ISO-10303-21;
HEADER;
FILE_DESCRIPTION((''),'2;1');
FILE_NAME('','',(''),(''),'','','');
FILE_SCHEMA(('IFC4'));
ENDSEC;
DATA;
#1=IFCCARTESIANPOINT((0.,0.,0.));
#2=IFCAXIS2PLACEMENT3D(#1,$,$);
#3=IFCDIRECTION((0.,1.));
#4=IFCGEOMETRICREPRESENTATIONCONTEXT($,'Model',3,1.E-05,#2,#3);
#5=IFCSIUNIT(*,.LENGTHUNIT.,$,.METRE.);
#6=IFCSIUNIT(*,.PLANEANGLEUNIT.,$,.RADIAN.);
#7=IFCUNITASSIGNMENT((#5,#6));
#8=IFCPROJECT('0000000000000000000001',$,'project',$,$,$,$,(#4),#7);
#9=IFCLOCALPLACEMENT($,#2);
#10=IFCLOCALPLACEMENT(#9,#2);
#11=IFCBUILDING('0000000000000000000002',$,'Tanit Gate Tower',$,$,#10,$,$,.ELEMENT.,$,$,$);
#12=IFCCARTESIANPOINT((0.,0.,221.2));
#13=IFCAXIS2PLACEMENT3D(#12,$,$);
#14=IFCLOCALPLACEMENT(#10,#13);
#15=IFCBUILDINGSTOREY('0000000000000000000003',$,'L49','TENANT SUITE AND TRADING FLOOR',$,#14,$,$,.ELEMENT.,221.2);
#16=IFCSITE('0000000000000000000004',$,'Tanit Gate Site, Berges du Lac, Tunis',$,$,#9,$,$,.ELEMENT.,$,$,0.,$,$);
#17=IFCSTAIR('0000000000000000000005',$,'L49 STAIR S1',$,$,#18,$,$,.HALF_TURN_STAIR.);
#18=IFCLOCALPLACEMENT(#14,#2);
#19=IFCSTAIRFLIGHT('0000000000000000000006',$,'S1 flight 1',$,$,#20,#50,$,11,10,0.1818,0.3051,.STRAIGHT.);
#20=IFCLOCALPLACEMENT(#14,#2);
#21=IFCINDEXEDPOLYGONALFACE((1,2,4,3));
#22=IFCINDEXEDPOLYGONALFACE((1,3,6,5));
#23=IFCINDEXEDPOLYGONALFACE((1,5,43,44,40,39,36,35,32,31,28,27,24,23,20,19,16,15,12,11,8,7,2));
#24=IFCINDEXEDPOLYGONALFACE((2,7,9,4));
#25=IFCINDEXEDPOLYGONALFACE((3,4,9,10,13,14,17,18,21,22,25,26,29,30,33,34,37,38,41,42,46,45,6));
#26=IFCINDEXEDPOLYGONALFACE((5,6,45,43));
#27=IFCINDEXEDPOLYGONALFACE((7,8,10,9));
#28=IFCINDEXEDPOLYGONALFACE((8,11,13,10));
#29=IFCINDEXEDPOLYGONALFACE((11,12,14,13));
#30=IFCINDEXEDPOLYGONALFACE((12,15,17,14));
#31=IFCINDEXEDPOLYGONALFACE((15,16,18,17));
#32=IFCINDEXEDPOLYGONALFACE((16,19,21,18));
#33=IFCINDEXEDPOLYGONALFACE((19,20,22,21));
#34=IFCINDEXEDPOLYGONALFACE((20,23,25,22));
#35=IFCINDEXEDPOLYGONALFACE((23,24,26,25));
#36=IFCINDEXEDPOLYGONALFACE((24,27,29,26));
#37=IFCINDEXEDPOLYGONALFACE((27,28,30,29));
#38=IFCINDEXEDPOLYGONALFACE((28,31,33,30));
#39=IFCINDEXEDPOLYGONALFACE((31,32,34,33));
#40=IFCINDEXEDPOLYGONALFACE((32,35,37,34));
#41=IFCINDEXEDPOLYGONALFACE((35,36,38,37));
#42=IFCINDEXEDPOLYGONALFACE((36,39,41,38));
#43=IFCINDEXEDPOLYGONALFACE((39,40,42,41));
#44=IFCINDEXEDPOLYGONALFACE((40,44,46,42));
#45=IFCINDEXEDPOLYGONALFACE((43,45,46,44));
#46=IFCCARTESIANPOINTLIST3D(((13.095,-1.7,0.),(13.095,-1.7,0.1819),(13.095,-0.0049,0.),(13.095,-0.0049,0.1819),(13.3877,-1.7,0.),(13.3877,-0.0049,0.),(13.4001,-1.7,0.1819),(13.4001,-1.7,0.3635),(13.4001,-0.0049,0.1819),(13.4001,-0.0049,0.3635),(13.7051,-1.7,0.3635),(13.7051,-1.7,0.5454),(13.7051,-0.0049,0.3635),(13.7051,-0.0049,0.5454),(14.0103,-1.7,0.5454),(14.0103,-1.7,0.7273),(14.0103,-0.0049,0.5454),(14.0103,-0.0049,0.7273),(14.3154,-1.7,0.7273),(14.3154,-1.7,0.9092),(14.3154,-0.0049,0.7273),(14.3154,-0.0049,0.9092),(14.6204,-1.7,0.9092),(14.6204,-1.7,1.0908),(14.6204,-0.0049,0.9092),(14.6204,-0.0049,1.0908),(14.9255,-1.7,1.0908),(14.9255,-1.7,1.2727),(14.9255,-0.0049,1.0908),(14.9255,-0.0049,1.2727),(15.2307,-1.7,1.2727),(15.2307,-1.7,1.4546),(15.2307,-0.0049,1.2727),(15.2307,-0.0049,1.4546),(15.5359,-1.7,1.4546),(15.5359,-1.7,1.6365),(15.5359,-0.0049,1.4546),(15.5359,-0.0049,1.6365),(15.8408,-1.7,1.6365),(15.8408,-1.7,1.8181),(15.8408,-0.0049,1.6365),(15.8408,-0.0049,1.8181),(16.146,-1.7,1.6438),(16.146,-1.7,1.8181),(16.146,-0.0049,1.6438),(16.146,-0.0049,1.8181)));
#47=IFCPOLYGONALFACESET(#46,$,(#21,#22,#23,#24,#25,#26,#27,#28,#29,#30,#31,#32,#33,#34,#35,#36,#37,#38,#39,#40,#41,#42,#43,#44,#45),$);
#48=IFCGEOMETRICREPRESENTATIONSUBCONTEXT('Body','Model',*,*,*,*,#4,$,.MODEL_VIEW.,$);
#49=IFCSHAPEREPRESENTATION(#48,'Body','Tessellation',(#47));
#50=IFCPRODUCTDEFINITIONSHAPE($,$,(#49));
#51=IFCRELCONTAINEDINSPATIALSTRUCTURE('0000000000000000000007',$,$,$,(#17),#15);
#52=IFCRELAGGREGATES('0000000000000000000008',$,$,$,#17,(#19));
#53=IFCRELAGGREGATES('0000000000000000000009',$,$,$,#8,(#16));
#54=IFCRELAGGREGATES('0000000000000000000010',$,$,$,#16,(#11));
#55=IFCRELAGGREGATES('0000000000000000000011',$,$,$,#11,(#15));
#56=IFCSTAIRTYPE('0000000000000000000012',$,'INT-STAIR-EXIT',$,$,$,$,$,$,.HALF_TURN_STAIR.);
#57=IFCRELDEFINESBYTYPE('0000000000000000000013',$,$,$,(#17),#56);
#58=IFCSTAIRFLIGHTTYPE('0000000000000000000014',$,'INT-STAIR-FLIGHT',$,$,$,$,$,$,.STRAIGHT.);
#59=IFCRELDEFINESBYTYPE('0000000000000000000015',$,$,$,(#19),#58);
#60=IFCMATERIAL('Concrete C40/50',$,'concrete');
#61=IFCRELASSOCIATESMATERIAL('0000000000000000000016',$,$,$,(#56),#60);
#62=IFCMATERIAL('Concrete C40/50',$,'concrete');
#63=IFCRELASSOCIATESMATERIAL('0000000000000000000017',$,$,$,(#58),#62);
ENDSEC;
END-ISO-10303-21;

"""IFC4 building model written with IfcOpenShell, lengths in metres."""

from ifc_helpers import new_model, si_unit, direction, frame, origin, place, context, subcontext, project, spatial, polyline, outline, extrude, material, type_object, element, aggregate, save


model = new_model("IFC4")

# Units and contexts
model_context = context("Model", 3, precision=1e-05, world=origin(), true_north=direction((0.0, 1.0)))
body_context = subcontext(model_context, "Body", "Model", "MODEL_VIEW")
ifc_project = project(units=[si_unit("LENGTHUNIT", "METRE"), si_unit("PLANEANGLEUNIT", "RADIAN")], contexts=[model_context])

# Site, building, storey
site_placement = place(None, origin())
site = spatial("IfcSite", under=ifc_project, at=site_placement, Name="Tanit Gate Site, Berges du Lac, Tunis", CompositionType="ELEMENT", RefElevation=0.0)
building_placement = place(site_placement, origin())
building = spatial("IfcBuilding", under=site, at=building_placement, Name="Tanit Gate Tower", CompositionType="ELEMENT")
storey_placement = place(building_placement, frame((0.0, 0.0, 221.2)))
storey = spatial("IfcBuildingStorey", under=building, at=storey_placement, Name="L49", Description="TENANT SUITE AND TRADING FLOOR", CompositionType="ELEMENT", Elevation=221.2)

# Stair, stair flight
ifc_material_1 = material(Name="Concrete C40/50", Category="concrete")
stair_type = type_object("IfcStairType", Name="INT-STAIR-EXIT", PredefinedType="HALF_TURN_STAIR", material=ifc_material_1)
stair_placement = place(storey_placement, origin())
stair = element("IfcStair", 1, at=stair_placement, inside=storey, type_object=stair_type, Name="L49 STAIR S1", PredefinedType="HALF_TURN_STAIR")
ifc_material_2 = material(Name="Concrete C40/50", Category="concrete")
stair_flight_type = type_object("IfcStairFlightType", Name="INT-STAIR-FLIGHT", PredefinedType="STRAIGHT", material=ifc_material_2)
stair_flight_placement = place(storey_placement, frame((13.095, -0.8525, 0.0), z_axis=(0.0, 0.0, 1.0), x_axis=(1.0, 0.0, 0.0)))
stair_flight = element("IfcStairFlight", 2, at=stair_flight_placement, type_object=stair_flight_type, Name="S1 flight 1", NumberOfRisers=11, NumberOfTreads=10, PredefinedType="STRAIGHT", RiserHeight=0.1818, TreadLength=0.3051, context=body_context, shape_type="SweptSolid", body=[
    extrude(outline(polyline([(0.0, 0.0), (0.0, 0.1819), (0.3052, 0.1819), (0.3052, 0.3635), (0.6101, 0.3635), (0.6101, 0.5454), (0.9153, 0.5454), (0.9153, 0.7273), (1.2205, 0.7273), (1.2205, 0.9092), (1.5254, 0.9092), (1.5254, 1.0908), (1.8306, 1.0908), (1.8306, 1.2727), (2.1357, 1.2727), (2.1357, 1.4546), (2.4409, 1.4546), (2.4409, 1.6365), (2.7458, 1.6365), (2.7458, 1.8181), (3.051, 1.8181), (3.051, 2.0), (3.051, 1.6438), (0.2927, 0.0), (0.0, 0.0)])), frame((0.0, 0.8477, 0.0), z_axis=(0.0, -1.0, 0.0), x_axis=(1.0, 0.0, 0.0)), (0.0, 0.0, 1.0), 1.6951),
])
aggregate(stair, [stair_flight])

save(model, "model.ifc")
